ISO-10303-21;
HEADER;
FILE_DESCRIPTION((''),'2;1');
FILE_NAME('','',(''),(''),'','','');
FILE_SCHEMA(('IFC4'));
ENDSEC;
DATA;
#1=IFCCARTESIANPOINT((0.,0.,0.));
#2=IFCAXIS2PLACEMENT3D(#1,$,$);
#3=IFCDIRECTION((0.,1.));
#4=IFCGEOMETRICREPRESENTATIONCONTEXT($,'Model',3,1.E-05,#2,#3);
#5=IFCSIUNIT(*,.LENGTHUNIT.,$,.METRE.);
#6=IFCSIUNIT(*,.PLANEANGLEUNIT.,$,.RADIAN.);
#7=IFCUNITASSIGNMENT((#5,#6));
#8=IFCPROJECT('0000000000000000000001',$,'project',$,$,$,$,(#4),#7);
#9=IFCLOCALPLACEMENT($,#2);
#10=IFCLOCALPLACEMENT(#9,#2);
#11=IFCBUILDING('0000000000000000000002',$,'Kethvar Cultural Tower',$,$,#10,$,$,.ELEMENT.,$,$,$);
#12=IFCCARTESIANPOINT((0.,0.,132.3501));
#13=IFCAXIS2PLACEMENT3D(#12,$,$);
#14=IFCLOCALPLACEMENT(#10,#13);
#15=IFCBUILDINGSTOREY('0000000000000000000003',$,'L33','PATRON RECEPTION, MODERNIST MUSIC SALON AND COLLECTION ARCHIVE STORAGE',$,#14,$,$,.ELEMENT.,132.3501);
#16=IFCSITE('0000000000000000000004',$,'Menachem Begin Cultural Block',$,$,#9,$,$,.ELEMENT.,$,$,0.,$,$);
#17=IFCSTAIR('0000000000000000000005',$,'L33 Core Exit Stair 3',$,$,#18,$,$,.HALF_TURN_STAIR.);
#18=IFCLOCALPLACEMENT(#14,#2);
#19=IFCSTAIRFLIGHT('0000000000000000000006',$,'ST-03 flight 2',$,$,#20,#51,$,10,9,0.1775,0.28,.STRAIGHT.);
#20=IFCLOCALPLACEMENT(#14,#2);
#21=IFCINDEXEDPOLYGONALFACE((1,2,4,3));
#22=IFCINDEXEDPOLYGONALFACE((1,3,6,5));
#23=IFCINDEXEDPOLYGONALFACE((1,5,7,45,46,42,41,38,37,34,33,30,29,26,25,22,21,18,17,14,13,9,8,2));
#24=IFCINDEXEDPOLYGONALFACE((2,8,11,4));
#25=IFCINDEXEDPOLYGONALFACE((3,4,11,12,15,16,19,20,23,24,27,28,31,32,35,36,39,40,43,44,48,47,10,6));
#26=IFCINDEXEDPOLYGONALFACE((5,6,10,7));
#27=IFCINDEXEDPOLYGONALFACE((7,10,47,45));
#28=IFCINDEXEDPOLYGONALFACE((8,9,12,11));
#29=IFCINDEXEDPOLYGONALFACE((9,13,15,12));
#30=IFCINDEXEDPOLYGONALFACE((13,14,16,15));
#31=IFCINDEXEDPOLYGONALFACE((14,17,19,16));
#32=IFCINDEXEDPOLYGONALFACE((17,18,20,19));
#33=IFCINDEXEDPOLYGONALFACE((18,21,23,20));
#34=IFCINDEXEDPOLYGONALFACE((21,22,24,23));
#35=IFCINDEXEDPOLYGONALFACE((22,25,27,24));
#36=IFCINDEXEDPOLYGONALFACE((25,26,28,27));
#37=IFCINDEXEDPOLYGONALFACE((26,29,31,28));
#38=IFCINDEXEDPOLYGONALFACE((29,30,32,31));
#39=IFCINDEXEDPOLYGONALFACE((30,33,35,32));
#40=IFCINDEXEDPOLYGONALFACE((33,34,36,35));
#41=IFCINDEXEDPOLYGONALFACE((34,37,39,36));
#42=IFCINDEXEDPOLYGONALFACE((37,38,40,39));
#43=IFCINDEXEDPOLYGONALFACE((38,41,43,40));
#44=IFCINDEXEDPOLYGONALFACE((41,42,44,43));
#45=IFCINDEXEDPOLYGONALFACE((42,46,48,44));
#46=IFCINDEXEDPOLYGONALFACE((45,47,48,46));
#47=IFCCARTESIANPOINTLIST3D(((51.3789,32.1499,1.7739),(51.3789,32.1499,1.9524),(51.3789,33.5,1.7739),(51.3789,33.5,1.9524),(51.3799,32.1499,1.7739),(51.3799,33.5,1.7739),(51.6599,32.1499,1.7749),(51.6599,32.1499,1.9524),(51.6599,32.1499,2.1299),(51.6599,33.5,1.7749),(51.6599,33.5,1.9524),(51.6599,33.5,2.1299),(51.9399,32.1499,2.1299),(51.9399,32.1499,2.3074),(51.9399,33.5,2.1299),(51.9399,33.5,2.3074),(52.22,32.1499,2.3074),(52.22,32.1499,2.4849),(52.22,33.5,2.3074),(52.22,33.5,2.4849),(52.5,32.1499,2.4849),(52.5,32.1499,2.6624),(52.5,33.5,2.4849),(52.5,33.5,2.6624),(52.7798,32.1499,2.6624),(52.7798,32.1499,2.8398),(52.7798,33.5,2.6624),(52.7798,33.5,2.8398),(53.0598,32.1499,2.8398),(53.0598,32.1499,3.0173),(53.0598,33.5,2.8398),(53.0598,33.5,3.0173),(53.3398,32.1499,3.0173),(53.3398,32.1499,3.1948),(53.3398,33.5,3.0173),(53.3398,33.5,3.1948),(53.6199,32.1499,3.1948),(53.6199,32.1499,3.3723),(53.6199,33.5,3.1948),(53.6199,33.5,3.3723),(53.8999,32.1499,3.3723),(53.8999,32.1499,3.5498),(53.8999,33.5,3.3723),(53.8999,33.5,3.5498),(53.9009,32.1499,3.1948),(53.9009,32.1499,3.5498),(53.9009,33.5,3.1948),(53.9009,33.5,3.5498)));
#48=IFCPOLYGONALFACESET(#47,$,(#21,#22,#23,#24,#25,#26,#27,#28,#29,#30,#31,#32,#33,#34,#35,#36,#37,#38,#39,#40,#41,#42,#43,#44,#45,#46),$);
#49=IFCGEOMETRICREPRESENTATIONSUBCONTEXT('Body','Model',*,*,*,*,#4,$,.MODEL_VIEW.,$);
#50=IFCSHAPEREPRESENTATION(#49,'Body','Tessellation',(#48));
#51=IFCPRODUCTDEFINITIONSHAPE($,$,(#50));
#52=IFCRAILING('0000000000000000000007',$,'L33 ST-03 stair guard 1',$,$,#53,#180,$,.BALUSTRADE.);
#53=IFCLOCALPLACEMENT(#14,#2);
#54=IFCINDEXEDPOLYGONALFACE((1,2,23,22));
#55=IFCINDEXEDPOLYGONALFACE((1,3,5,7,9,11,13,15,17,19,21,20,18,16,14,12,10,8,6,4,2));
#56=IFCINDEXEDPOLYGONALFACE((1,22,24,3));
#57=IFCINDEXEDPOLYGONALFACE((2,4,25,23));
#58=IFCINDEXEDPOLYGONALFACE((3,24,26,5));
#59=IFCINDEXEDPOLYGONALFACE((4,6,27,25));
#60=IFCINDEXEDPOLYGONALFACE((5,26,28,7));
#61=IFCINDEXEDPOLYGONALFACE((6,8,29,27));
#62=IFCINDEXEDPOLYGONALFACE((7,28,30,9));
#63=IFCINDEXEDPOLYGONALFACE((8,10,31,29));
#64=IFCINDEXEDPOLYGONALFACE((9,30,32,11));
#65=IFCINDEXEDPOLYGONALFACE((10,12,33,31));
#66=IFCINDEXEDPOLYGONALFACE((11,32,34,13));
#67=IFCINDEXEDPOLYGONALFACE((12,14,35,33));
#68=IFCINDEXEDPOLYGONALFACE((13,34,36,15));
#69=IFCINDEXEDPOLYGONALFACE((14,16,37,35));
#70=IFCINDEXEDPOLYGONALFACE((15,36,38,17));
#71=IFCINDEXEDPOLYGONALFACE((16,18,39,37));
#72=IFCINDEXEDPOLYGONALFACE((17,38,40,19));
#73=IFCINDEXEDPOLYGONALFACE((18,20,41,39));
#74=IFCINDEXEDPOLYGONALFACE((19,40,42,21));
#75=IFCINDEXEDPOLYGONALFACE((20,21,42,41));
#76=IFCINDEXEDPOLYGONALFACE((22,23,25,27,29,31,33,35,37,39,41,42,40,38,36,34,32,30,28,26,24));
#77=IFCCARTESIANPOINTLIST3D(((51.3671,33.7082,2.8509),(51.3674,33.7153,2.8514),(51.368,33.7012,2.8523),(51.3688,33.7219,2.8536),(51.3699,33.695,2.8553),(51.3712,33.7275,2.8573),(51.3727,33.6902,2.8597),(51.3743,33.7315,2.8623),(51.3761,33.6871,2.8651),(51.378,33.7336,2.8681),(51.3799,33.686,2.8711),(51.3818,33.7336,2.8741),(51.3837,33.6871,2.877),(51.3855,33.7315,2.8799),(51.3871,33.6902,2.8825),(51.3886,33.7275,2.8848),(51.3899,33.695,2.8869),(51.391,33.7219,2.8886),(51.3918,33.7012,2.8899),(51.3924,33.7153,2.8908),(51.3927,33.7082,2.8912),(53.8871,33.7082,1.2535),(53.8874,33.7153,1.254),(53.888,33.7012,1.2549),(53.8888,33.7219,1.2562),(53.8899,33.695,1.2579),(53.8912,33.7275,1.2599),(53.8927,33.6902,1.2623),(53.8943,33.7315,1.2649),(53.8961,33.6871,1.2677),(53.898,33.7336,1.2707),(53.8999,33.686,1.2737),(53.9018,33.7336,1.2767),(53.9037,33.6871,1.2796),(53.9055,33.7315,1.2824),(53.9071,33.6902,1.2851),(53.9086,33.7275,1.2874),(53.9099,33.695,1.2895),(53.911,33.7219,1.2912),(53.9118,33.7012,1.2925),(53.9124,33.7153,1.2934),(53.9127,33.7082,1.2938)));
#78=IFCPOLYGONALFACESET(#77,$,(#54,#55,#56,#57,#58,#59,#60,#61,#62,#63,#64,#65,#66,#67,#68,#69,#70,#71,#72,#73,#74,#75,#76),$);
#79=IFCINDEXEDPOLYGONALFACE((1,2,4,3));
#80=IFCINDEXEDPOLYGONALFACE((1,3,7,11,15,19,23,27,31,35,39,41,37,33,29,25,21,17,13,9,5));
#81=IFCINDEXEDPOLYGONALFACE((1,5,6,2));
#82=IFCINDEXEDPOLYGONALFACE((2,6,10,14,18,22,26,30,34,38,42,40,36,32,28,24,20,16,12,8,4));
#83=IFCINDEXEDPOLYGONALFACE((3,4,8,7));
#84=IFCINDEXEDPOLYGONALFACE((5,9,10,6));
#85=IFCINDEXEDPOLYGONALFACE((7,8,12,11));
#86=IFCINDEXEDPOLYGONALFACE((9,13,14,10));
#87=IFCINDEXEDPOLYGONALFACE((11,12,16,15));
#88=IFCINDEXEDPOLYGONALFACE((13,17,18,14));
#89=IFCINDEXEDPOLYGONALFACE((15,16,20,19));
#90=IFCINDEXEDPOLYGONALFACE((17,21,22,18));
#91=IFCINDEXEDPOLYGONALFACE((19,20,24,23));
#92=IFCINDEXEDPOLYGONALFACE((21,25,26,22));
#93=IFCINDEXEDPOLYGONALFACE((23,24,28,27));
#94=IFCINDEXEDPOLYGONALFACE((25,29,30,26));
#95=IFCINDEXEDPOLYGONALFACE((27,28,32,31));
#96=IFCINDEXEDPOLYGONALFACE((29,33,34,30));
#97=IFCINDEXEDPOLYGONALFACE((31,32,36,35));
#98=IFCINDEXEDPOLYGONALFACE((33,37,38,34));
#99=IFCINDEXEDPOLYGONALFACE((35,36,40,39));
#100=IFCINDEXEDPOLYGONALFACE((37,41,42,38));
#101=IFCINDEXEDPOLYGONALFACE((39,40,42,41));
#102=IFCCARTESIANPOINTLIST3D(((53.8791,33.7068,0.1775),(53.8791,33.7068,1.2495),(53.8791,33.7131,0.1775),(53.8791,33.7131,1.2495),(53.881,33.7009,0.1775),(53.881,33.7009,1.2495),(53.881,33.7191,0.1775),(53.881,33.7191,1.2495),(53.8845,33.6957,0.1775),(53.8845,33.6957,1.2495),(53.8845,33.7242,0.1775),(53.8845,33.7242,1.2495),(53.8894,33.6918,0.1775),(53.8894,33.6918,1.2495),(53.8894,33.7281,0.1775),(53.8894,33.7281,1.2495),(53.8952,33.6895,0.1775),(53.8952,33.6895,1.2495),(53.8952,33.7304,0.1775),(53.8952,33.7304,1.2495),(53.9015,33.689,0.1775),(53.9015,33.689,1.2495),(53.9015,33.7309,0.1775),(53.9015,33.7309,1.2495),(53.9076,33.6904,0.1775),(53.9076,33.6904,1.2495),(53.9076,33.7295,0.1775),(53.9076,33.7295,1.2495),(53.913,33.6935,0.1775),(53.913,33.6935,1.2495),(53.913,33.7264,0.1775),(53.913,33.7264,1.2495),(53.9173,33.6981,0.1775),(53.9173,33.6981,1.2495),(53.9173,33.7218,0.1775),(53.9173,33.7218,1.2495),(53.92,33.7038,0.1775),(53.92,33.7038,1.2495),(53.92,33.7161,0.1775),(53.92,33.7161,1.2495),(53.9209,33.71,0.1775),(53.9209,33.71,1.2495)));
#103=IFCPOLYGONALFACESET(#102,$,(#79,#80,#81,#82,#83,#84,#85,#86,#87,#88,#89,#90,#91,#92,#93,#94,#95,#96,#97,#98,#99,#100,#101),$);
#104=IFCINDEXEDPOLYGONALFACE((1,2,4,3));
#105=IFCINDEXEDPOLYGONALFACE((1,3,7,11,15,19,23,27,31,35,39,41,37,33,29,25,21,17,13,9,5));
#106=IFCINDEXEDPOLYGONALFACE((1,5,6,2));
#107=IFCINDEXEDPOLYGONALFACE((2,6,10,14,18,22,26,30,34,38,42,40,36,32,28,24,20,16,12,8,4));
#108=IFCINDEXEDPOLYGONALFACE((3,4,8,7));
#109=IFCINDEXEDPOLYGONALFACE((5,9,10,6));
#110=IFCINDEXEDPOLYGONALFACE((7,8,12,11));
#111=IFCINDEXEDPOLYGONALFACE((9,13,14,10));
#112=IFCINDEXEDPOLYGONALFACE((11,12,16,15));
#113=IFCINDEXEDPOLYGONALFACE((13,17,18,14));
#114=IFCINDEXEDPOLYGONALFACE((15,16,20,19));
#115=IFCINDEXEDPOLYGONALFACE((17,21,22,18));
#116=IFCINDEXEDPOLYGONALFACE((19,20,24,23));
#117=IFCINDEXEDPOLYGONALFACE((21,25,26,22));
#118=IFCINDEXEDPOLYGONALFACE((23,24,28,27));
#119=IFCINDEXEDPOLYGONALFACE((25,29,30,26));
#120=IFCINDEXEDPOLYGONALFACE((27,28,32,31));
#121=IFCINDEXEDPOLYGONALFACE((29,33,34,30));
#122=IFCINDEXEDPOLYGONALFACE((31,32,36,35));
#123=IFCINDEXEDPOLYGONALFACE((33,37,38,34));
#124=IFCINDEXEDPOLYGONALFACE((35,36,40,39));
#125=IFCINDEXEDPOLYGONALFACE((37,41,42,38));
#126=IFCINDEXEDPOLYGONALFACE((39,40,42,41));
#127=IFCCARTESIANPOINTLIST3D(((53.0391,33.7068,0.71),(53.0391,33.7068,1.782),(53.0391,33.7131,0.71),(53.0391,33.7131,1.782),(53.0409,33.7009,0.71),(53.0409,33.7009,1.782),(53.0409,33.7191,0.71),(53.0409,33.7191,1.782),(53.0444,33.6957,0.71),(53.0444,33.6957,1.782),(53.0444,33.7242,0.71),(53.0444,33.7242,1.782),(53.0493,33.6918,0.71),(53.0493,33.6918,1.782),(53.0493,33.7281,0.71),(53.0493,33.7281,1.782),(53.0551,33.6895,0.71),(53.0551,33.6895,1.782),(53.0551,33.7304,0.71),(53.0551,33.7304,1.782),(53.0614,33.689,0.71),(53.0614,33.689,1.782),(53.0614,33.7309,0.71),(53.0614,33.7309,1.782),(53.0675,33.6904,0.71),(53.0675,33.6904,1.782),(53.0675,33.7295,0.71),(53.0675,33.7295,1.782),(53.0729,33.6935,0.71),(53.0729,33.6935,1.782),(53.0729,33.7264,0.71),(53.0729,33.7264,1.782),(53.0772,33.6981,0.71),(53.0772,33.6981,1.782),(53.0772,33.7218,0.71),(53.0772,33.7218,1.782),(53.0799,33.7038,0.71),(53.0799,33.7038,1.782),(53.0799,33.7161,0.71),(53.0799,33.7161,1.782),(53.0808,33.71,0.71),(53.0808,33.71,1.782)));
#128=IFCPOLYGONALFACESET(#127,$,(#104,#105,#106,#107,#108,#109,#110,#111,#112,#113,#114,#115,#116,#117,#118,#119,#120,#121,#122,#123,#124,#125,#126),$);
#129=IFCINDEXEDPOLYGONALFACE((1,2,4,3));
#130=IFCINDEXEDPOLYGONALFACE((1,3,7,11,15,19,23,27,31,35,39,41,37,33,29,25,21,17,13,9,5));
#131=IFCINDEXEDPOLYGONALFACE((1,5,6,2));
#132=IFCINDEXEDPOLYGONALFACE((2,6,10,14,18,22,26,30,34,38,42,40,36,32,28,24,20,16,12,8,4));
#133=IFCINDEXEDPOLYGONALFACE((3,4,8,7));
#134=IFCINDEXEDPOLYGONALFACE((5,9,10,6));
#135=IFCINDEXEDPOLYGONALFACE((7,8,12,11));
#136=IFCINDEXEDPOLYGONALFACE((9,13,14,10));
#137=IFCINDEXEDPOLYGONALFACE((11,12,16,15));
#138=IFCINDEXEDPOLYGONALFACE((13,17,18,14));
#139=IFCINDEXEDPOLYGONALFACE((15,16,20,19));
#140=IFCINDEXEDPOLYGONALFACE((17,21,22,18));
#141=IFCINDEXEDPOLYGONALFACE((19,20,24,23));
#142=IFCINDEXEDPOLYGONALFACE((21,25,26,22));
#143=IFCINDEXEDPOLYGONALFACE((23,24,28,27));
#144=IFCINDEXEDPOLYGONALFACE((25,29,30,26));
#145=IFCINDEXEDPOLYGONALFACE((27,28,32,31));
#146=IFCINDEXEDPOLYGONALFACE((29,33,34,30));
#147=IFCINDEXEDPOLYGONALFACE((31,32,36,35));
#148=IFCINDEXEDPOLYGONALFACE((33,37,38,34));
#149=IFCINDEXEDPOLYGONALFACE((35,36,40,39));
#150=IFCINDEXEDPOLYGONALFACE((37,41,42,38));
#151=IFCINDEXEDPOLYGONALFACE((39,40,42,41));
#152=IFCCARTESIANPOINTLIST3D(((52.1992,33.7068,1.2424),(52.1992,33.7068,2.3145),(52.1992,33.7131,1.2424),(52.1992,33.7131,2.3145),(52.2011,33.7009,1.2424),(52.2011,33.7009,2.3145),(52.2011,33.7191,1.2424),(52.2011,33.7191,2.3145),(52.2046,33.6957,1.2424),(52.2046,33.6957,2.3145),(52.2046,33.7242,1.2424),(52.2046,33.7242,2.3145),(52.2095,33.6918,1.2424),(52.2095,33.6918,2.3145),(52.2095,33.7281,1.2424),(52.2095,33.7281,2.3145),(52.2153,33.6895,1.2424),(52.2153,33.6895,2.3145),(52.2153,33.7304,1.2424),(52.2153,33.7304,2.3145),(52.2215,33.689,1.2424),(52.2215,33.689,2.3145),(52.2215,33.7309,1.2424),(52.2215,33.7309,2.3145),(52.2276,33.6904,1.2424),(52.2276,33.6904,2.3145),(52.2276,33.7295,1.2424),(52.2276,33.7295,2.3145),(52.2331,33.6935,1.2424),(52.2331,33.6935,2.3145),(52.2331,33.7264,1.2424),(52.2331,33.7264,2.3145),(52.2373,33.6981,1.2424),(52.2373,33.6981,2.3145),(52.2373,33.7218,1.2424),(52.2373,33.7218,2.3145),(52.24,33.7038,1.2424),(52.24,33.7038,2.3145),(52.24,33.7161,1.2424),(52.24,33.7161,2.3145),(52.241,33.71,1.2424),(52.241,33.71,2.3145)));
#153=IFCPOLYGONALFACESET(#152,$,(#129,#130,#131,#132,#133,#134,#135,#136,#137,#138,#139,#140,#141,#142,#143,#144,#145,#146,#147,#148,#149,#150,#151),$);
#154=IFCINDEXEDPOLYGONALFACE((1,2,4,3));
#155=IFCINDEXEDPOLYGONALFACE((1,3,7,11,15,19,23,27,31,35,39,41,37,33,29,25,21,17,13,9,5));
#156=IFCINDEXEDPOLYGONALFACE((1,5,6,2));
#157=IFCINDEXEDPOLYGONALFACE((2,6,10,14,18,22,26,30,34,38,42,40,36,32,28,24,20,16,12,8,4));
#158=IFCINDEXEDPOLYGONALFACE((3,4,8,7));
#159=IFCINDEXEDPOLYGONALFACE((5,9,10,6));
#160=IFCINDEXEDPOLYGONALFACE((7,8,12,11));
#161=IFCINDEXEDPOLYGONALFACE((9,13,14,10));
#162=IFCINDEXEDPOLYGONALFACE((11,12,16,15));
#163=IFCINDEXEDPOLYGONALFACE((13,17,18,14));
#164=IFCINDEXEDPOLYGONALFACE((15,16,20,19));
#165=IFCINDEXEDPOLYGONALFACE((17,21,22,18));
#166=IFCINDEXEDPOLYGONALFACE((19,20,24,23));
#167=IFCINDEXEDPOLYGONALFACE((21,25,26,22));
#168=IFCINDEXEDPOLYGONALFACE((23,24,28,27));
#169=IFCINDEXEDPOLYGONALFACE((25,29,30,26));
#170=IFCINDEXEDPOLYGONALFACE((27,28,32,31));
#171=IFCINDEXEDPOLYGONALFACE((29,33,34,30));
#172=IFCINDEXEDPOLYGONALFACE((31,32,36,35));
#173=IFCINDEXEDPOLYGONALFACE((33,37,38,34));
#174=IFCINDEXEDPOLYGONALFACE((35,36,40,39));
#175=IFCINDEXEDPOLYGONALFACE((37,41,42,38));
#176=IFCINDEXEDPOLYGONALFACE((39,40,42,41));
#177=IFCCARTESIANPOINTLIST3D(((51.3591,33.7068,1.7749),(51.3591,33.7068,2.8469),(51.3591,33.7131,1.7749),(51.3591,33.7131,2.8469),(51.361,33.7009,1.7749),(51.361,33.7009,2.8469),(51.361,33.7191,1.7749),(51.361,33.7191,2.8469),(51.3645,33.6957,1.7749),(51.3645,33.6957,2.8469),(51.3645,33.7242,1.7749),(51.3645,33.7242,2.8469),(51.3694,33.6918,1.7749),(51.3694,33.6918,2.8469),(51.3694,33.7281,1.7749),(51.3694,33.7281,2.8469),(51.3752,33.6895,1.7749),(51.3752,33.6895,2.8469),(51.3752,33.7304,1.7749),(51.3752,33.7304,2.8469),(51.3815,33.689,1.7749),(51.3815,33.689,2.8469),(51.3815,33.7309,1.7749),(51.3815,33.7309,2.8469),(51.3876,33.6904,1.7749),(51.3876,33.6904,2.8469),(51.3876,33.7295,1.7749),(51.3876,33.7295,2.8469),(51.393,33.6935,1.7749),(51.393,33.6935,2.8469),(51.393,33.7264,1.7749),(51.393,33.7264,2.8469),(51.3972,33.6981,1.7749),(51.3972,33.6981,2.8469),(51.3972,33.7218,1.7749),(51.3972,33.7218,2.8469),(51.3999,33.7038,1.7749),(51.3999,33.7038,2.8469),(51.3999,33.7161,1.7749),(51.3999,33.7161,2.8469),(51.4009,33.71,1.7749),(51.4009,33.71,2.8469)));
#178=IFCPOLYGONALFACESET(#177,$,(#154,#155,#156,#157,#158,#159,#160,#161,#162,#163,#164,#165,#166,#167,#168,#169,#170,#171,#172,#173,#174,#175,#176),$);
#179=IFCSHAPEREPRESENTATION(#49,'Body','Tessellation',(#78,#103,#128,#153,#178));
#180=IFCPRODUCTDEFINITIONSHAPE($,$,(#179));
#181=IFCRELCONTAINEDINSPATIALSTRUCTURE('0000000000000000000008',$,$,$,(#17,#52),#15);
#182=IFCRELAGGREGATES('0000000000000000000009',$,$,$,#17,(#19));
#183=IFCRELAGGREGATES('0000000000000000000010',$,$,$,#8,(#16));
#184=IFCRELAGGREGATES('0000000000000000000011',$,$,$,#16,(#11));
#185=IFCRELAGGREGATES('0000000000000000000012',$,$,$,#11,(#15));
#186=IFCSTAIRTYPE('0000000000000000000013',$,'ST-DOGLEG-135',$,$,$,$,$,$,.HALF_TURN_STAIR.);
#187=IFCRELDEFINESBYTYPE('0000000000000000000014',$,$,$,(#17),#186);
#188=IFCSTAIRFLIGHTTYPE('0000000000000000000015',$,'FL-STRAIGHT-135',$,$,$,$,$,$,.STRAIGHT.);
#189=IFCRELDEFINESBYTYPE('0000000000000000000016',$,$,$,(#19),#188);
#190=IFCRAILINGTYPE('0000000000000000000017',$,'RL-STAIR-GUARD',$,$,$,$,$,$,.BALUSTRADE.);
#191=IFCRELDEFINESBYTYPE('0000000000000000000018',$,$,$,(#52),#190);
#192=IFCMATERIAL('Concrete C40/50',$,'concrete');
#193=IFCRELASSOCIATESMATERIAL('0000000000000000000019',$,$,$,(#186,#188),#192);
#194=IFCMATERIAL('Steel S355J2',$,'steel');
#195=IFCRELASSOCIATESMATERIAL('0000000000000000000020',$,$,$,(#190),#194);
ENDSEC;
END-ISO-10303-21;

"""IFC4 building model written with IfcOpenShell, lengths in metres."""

from ifc_helpers import new_model, si_unit, direction, frame, origin, origin_2d, place, context, subcontext, project, spatial, polyline, circle, outline, extrude, material, type_object, element, aggregate, save


model = new_model("IFC4")

# Units and contexts
model_context = context("Model", 3, precision=1e-05, world=origin(), true_north=direction((0.0, 1.0)))
body_context = subcontext(model_context, "Body", "Model", "MODEL_VIEW")
ifc_project = project(units=[si_unit("LENGTHUNIT", "METRE"), si_unit("PLANEANGLEUNIT", "RADIAN")], contexts=[model_context])

# Site, building, storey
site_placement = place(None, origin())
site = spatial("IfcSite", under=ifc_project, at=site_placement, Name="Menachem Begin Cultural Block", CompositionType="ELEMENT", RefElevation=0.0)
building_placement = place(site_placement, origin())
building = spatial("IfcBuilding", under=site, at=building_placement, Name="Kethvar Cultural Tower", CompositionType="ELEMENT")
storey_placement = place(building_placement, frame((0.0, 0.0, 132.3501)))
storey = spatial("IfcBuildingStorey", under=building, at=storey_placement, Name="L33", Description="PATRON RECEPTION, MODERNIST MUSIC SALON AND COLLECTION ARCHIVE STORAGE", CompositionType="ELEMENT", Elevation=132.3501)

# Shared definitions
ifc_material_1 = material(Name="Steel S355J2", Category="steel")

# Shared definitions
ifc_material_2 = material(Name="Concrete C40/50", Category="concrete")

# Stair, stair flight
stair_type = type_object("IfcStairType", Name="ST-DOGLEG-135", PredefinedType="HALF_TURN_STAIR", material=ifc_material_2)
stair_placement = place(storey_placement, origin())
stair = element("IfcStair", 1, at=stair_placement, inside=storey, type_object=stair_type, Name="L33 Core Exit Stair 3", PredefinedType="HALF_TURN_STAIR")
stair_flight_type = type_object("IfcStairFlightType", Name="FL-STRAIGHT-135", PredefinedType="STRAIGHT", material=ifc_material_2)
stair_flight_1_placement = place(storey_placement, frame((51.3799, 32.825, 1.7749), z_axis=(0.0, 0.0, 1.0), x_axis=(1.0, 0.0, 0.0)))
stair_flight_1 = element("IfcStairFlight", 2, at=stair_flight_1_placement, type_object=stair_flight_type, Name="ST-03 flight 2", NumberOfRisers=10, NumberOfTreads=9, PredefinedType="STRAIGHT", RiserHeight=0.1775, TreadLength=0.28, context=body_context, shape_type="SweptSolid", body=[
    extrude(outline(polyline([(-0.001, -0.001), (-0.001, 0.1775), (0.28, 0.1775), (0.28, 0.355), (0.5601, 0.355), (0.5601, 0.5325), (0.8401, 0.5325), (0.8401, 0.71), (1.1201, 0.71), (1.1201, 0.8875), (1.3999, 0.8875), (1.3999, 1.0649), (1.6799, 1.0649), (1.6799, 1.2424), (1.96, 1.2424), (1.96, 1.4199), (2.24, 1.4199), (2.24, 1.5974), (2.52, 1.5974), (2.52, 1.7749), (2.521, 1.7749), (2.521, 1.4199), (0.28, 0.0), (0.0, -0.001), (-0.001, -0.001)])), frame((0.0, 0.675, 0.0), z_axis=(0.0, -1.0, 0.0), x_axis=(1.0, 0.0, 0.0)), (0.0, 0.0, 1.0), 1.3501),
])
aggregate(stair, [stair_flight_1])

# Railing
railing_type_1 = type_object("IfcRailingType", Name="RL-STAIR-GUARD", PredefinedType="BALUSTRADE", material=ifc_material_1)
railing_1_placement = place(storey_placement, frame((53.8999, 33.71, 0.1775)))
element("IfcRailing", 3, at=railing_1_placement, inside=storey, type_object=railing_type_1, Name="L33 ST-03 stair guard 1", PredefinedType="BALUSTRADE", context=body_context, shape_type="SweptSolid", body=[
    extrude(circle(Radius=0.0239, at=origin_2d()), frame((0.0, 0.0, 1.0962), z_axis=(-0.844607, 0.0, 0.535387), x_axis=(0.0, -1.0, 0.0)), (0.0, 0.0, 1.0), 2.9836),
    extrude(circle(Radius=0.021, at=origin_2d()), origin(), (0.0, 0.0, 1.0), 1.072),
    extrude(circle(Radius=0.021, at=origin_2d()), frame((-0.8401, 0.0, 0.5325)), (0.0, 0.0, 1.0), 1.072),
    extrude(circle(Radius=0.021, at=origin_2d()), frame((-1.6799, 0.0, 1.0649)), (0.0, 0.0, 1.0), 1.072),
    extrude(circle(Radius=0.021, at=origin_2d()), frame((-2.52, 0.0, 1.5974)), (0.0, 0.0, 1.0), 1.072),
])

save(model, "model.ifc")
